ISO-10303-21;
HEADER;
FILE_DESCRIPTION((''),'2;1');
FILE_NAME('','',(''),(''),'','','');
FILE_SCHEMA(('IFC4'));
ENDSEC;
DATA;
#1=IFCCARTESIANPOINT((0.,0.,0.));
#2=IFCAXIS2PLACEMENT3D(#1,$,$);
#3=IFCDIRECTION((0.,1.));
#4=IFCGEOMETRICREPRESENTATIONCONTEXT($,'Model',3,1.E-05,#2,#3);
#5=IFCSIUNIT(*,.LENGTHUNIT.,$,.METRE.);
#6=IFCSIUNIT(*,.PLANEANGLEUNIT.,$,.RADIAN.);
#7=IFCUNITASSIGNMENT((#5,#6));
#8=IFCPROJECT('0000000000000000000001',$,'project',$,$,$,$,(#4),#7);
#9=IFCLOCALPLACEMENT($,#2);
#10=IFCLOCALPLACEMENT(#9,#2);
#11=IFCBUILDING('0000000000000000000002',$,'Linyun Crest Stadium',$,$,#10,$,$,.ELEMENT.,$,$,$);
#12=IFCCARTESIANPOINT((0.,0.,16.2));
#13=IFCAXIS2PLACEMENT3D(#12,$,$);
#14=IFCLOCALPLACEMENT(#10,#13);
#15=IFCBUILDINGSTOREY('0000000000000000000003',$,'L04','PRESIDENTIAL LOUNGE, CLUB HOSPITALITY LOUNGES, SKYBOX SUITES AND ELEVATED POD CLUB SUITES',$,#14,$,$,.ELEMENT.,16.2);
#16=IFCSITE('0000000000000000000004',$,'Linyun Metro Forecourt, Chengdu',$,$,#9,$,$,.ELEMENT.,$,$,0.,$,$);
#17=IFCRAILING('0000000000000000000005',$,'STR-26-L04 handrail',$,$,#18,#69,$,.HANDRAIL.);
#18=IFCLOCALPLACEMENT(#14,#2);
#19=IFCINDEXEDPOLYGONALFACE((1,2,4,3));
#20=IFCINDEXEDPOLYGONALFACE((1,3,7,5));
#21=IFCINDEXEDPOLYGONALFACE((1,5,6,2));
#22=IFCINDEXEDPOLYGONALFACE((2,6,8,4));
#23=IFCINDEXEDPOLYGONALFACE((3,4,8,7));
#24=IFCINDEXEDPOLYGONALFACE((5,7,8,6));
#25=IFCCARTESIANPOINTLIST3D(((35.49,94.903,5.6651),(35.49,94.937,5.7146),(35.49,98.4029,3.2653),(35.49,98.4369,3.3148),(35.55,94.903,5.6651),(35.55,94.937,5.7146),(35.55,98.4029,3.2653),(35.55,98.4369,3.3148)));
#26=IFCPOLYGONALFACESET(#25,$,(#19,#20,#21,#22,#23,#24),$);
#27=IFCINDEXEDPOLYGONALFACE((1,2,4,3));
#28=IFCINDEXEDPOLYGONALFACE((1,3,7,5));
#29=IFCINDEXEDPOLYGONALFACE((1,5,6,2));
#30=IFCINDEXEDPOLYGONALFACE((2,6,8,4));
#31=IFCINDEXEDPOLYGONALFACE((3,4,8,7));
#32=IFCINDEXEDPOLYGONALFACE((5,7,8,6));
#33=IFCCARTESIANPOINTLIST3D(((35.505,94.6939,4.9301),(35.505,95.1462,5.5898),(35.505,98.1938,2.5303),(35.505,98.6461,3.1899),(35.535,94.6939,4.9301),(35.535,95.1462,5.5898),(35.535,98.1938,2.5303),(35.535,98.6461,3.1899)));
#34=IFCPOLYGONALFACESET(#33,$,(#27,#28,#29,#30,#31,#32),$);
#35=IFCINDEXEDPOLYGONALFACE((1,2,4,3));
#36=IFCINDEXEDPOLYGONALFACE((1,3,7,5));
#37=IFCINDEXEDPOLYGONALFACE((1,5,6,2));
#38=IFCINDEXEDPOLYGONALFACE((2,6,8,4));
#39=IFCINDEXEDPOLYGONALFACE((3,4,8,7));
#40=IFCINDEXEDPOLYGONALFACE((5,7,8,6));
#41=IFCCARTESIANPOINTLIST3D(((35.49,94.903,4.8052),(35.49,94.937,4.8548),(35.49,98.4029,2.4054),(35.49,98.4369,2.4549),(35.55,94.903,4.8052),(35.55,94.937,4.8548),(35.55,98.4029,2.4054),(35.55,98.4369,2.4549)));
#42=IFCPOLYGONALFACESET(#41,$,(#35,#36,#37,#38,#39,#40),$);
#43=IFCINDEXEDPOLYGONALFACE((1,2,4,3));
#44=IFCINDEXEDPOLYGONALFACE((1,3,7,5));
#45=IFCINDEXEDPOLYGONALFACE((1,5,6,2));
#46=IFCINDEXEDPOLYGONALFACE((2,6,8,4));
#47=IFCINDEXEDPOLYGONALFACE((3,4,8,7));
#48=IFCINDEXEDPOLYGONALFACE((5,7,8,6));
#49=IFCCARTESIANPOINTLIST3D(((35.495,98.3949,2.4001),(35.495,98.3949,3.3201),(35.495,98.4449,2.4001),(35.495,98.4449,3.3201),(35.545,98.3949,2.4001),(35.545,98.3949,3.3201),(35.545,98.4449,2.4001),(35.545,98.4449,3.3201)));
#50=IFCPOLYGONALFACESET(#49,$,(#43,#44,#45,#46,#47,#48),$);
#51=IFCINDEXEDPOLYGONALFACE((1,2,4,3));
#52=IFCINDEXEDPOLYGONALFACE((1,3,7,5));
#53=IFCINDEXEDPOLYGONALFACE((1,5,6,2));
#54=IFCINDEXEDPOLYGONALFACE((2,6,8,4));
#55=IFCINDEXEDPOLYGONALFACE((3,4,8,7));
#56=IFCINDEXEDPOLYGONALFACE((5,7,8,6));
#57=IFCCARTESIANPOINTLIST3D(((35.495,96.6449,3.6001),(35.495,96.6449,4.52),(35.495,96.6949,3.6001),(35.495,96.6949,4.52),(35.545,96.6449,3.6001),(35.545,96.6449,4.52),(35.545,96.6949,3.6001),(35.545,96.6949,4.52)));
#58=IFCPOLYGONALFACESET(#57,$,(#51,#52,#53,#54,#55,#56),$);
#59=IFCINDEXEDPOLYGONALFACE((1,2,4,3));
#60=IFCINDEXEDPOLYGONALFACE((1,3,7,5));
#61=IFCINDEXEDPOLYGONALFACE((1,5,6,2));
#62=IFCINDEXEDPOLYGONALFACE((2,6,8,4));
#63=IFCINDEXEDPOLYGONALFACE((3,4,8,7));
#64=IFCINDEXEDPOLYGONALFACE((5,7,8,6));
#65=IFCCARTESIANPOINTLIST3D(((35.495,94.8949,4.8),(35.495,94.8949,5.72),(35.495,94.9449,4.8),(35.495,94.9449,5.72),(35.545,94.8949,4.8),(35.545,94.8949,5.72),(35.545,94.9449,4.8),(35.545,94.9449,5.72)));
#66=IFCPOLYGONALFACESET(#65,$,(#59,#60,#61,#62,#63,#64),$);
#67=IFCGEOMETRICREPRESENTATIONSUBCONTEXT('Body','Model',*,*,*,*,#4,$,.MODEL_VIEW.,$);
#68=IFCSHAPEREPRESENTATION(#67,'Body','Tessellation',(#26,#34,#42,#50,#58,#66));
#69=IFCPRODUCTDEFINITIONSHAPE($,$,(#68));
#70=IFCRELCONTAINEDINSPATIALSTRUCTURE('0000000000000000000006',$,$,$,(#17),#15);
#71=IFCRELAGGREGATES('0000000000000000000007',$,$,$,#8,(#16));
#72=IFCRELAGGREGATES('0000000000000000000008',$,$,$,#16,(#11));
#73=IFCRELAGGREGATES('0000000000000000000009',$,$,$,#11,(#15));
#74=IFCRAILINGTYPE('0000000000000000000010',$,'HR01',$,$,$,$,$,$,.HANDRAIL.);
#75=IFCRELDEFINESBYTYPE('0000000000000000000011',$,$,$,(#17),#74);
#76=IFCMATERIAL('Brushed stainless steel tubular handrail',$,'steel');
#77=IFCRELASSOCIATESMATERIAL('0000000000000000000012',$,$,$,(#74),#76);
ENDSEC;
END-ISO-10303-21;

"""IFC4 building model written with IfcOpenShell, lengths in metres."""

from ifc_helpers import new_model, si_unit, direction, frame, origin, origin_2d, place, context, subcontext, project, spatial, rectangle, extrude, material, type_object, element, save


model = new_model("IFC4")

# Units and contexts
model_context = context("Model", 3, precision=1e-05, world=origin(), true_north=direction((0.0, 1.0)))
body_context = subcontext(model_context, "Body", "Model", "MODEL_VIEW")
ifc_project = project(units=[si_unit("LENGTHUNIT", "METRE"), si_unit("PLANEANGLEUNIT", "RADIAN")], contexts=[model_context])

# Site, building, storey
site_placement = place(None, origin())
site = spatial("IfcSite", under=ifc_project, at=site_placement, Name="Linyun Metro Forecourt, Chengdu", CompositionType="ELEMENT", RefElevation=0.0)
building_placement = place(site_placement, origin())
building = spatial("IfcBuilding", under=site, at=building_placement, Name="Linyun Crest Stadium", CompositionType="ELEMENT")
storey_placement = place(building_placement, frame((0.0, 0.0, 16.2)))
storey = spatial("IfcBuildingStorey", under=building, at=storey_placement, Name="L04", Description="PRESIDENTIAL LOUNGE, CLUB HOSPITALITY LOUNGES, SKYBOX SUITES AND ELEVATED POD CLUB SUITES", CompositionType="ELEMENT", Elevation=16.2)

# Railing
ifc_material_1 = material(Name="Brushed stainless steel tubular handrail", Category="steel")
railing_type_1 = type_object("IfcRailingType", Name="HR01", PredefinedType="HANDRAIL", material=ifc_material_1)
railing_1_placement = place(storey_placement, frame((35.52, 98.4199, 2.4001)))
element("IfcRailing", 1, at=railing_1_placement, inside=storey, type_object=railing_type_1, Name="STR-26-L04 handrail", PredefinedType="HANDRAIL", context=body_context, shape_type="SweptSolid", body=[
    extrude(rectangle(XDim=0.0601, YDim=0.0601, at=origin_2d()), frame((0.0, 0.0, 0.8899), z_axis=(0.0, -0.82474, 0.565513), x_axis=(1.0, 0.0, 0.0)), (0.0, 0.0, 1.0), 4.2437),
    extrude(rectangle(XDim=0.03, YDim=0.7998, at=origin_2d()), frame((0.0, 0.0, 0.46), z_axis=(0.0, -0.82474, 0.565513), x_axis=(1.0, 0.0, 0.0)), (0.0, 0.0, 1.0), 4.2437),
    extrude(rectangle(XDim=0.0601, YDim=0.0601, at=origin_2d()), frame((0.0, 0.0, 0.03), z_axis=(0.0, -0.82474, 0.565513), x_axis=(1.0, 0.0, 0.0)), (0.0, 0.0, 1.0), 4.2437),
    extrude(rectangle(XDim=0.05, YDim=0.05, at=origin_2d()), origin(), (0.0, 0.0, 1.0), 0.9199),
    extrude(rectangle(XDim=0.05, YDim=0.05, at=origin_2d()), frame((0.0, -1.75, 1.2)), (0.0, 0.0, 1.0), 0.9199),
    extrude(rectangle(XDim=0.05, YDim=0.05, at=origin_2d()), frame((0.0, -3.5, 2.3999)), (0.0, 0.0, 1.0), 0.9199),
])

save(model, "model.ifc")
